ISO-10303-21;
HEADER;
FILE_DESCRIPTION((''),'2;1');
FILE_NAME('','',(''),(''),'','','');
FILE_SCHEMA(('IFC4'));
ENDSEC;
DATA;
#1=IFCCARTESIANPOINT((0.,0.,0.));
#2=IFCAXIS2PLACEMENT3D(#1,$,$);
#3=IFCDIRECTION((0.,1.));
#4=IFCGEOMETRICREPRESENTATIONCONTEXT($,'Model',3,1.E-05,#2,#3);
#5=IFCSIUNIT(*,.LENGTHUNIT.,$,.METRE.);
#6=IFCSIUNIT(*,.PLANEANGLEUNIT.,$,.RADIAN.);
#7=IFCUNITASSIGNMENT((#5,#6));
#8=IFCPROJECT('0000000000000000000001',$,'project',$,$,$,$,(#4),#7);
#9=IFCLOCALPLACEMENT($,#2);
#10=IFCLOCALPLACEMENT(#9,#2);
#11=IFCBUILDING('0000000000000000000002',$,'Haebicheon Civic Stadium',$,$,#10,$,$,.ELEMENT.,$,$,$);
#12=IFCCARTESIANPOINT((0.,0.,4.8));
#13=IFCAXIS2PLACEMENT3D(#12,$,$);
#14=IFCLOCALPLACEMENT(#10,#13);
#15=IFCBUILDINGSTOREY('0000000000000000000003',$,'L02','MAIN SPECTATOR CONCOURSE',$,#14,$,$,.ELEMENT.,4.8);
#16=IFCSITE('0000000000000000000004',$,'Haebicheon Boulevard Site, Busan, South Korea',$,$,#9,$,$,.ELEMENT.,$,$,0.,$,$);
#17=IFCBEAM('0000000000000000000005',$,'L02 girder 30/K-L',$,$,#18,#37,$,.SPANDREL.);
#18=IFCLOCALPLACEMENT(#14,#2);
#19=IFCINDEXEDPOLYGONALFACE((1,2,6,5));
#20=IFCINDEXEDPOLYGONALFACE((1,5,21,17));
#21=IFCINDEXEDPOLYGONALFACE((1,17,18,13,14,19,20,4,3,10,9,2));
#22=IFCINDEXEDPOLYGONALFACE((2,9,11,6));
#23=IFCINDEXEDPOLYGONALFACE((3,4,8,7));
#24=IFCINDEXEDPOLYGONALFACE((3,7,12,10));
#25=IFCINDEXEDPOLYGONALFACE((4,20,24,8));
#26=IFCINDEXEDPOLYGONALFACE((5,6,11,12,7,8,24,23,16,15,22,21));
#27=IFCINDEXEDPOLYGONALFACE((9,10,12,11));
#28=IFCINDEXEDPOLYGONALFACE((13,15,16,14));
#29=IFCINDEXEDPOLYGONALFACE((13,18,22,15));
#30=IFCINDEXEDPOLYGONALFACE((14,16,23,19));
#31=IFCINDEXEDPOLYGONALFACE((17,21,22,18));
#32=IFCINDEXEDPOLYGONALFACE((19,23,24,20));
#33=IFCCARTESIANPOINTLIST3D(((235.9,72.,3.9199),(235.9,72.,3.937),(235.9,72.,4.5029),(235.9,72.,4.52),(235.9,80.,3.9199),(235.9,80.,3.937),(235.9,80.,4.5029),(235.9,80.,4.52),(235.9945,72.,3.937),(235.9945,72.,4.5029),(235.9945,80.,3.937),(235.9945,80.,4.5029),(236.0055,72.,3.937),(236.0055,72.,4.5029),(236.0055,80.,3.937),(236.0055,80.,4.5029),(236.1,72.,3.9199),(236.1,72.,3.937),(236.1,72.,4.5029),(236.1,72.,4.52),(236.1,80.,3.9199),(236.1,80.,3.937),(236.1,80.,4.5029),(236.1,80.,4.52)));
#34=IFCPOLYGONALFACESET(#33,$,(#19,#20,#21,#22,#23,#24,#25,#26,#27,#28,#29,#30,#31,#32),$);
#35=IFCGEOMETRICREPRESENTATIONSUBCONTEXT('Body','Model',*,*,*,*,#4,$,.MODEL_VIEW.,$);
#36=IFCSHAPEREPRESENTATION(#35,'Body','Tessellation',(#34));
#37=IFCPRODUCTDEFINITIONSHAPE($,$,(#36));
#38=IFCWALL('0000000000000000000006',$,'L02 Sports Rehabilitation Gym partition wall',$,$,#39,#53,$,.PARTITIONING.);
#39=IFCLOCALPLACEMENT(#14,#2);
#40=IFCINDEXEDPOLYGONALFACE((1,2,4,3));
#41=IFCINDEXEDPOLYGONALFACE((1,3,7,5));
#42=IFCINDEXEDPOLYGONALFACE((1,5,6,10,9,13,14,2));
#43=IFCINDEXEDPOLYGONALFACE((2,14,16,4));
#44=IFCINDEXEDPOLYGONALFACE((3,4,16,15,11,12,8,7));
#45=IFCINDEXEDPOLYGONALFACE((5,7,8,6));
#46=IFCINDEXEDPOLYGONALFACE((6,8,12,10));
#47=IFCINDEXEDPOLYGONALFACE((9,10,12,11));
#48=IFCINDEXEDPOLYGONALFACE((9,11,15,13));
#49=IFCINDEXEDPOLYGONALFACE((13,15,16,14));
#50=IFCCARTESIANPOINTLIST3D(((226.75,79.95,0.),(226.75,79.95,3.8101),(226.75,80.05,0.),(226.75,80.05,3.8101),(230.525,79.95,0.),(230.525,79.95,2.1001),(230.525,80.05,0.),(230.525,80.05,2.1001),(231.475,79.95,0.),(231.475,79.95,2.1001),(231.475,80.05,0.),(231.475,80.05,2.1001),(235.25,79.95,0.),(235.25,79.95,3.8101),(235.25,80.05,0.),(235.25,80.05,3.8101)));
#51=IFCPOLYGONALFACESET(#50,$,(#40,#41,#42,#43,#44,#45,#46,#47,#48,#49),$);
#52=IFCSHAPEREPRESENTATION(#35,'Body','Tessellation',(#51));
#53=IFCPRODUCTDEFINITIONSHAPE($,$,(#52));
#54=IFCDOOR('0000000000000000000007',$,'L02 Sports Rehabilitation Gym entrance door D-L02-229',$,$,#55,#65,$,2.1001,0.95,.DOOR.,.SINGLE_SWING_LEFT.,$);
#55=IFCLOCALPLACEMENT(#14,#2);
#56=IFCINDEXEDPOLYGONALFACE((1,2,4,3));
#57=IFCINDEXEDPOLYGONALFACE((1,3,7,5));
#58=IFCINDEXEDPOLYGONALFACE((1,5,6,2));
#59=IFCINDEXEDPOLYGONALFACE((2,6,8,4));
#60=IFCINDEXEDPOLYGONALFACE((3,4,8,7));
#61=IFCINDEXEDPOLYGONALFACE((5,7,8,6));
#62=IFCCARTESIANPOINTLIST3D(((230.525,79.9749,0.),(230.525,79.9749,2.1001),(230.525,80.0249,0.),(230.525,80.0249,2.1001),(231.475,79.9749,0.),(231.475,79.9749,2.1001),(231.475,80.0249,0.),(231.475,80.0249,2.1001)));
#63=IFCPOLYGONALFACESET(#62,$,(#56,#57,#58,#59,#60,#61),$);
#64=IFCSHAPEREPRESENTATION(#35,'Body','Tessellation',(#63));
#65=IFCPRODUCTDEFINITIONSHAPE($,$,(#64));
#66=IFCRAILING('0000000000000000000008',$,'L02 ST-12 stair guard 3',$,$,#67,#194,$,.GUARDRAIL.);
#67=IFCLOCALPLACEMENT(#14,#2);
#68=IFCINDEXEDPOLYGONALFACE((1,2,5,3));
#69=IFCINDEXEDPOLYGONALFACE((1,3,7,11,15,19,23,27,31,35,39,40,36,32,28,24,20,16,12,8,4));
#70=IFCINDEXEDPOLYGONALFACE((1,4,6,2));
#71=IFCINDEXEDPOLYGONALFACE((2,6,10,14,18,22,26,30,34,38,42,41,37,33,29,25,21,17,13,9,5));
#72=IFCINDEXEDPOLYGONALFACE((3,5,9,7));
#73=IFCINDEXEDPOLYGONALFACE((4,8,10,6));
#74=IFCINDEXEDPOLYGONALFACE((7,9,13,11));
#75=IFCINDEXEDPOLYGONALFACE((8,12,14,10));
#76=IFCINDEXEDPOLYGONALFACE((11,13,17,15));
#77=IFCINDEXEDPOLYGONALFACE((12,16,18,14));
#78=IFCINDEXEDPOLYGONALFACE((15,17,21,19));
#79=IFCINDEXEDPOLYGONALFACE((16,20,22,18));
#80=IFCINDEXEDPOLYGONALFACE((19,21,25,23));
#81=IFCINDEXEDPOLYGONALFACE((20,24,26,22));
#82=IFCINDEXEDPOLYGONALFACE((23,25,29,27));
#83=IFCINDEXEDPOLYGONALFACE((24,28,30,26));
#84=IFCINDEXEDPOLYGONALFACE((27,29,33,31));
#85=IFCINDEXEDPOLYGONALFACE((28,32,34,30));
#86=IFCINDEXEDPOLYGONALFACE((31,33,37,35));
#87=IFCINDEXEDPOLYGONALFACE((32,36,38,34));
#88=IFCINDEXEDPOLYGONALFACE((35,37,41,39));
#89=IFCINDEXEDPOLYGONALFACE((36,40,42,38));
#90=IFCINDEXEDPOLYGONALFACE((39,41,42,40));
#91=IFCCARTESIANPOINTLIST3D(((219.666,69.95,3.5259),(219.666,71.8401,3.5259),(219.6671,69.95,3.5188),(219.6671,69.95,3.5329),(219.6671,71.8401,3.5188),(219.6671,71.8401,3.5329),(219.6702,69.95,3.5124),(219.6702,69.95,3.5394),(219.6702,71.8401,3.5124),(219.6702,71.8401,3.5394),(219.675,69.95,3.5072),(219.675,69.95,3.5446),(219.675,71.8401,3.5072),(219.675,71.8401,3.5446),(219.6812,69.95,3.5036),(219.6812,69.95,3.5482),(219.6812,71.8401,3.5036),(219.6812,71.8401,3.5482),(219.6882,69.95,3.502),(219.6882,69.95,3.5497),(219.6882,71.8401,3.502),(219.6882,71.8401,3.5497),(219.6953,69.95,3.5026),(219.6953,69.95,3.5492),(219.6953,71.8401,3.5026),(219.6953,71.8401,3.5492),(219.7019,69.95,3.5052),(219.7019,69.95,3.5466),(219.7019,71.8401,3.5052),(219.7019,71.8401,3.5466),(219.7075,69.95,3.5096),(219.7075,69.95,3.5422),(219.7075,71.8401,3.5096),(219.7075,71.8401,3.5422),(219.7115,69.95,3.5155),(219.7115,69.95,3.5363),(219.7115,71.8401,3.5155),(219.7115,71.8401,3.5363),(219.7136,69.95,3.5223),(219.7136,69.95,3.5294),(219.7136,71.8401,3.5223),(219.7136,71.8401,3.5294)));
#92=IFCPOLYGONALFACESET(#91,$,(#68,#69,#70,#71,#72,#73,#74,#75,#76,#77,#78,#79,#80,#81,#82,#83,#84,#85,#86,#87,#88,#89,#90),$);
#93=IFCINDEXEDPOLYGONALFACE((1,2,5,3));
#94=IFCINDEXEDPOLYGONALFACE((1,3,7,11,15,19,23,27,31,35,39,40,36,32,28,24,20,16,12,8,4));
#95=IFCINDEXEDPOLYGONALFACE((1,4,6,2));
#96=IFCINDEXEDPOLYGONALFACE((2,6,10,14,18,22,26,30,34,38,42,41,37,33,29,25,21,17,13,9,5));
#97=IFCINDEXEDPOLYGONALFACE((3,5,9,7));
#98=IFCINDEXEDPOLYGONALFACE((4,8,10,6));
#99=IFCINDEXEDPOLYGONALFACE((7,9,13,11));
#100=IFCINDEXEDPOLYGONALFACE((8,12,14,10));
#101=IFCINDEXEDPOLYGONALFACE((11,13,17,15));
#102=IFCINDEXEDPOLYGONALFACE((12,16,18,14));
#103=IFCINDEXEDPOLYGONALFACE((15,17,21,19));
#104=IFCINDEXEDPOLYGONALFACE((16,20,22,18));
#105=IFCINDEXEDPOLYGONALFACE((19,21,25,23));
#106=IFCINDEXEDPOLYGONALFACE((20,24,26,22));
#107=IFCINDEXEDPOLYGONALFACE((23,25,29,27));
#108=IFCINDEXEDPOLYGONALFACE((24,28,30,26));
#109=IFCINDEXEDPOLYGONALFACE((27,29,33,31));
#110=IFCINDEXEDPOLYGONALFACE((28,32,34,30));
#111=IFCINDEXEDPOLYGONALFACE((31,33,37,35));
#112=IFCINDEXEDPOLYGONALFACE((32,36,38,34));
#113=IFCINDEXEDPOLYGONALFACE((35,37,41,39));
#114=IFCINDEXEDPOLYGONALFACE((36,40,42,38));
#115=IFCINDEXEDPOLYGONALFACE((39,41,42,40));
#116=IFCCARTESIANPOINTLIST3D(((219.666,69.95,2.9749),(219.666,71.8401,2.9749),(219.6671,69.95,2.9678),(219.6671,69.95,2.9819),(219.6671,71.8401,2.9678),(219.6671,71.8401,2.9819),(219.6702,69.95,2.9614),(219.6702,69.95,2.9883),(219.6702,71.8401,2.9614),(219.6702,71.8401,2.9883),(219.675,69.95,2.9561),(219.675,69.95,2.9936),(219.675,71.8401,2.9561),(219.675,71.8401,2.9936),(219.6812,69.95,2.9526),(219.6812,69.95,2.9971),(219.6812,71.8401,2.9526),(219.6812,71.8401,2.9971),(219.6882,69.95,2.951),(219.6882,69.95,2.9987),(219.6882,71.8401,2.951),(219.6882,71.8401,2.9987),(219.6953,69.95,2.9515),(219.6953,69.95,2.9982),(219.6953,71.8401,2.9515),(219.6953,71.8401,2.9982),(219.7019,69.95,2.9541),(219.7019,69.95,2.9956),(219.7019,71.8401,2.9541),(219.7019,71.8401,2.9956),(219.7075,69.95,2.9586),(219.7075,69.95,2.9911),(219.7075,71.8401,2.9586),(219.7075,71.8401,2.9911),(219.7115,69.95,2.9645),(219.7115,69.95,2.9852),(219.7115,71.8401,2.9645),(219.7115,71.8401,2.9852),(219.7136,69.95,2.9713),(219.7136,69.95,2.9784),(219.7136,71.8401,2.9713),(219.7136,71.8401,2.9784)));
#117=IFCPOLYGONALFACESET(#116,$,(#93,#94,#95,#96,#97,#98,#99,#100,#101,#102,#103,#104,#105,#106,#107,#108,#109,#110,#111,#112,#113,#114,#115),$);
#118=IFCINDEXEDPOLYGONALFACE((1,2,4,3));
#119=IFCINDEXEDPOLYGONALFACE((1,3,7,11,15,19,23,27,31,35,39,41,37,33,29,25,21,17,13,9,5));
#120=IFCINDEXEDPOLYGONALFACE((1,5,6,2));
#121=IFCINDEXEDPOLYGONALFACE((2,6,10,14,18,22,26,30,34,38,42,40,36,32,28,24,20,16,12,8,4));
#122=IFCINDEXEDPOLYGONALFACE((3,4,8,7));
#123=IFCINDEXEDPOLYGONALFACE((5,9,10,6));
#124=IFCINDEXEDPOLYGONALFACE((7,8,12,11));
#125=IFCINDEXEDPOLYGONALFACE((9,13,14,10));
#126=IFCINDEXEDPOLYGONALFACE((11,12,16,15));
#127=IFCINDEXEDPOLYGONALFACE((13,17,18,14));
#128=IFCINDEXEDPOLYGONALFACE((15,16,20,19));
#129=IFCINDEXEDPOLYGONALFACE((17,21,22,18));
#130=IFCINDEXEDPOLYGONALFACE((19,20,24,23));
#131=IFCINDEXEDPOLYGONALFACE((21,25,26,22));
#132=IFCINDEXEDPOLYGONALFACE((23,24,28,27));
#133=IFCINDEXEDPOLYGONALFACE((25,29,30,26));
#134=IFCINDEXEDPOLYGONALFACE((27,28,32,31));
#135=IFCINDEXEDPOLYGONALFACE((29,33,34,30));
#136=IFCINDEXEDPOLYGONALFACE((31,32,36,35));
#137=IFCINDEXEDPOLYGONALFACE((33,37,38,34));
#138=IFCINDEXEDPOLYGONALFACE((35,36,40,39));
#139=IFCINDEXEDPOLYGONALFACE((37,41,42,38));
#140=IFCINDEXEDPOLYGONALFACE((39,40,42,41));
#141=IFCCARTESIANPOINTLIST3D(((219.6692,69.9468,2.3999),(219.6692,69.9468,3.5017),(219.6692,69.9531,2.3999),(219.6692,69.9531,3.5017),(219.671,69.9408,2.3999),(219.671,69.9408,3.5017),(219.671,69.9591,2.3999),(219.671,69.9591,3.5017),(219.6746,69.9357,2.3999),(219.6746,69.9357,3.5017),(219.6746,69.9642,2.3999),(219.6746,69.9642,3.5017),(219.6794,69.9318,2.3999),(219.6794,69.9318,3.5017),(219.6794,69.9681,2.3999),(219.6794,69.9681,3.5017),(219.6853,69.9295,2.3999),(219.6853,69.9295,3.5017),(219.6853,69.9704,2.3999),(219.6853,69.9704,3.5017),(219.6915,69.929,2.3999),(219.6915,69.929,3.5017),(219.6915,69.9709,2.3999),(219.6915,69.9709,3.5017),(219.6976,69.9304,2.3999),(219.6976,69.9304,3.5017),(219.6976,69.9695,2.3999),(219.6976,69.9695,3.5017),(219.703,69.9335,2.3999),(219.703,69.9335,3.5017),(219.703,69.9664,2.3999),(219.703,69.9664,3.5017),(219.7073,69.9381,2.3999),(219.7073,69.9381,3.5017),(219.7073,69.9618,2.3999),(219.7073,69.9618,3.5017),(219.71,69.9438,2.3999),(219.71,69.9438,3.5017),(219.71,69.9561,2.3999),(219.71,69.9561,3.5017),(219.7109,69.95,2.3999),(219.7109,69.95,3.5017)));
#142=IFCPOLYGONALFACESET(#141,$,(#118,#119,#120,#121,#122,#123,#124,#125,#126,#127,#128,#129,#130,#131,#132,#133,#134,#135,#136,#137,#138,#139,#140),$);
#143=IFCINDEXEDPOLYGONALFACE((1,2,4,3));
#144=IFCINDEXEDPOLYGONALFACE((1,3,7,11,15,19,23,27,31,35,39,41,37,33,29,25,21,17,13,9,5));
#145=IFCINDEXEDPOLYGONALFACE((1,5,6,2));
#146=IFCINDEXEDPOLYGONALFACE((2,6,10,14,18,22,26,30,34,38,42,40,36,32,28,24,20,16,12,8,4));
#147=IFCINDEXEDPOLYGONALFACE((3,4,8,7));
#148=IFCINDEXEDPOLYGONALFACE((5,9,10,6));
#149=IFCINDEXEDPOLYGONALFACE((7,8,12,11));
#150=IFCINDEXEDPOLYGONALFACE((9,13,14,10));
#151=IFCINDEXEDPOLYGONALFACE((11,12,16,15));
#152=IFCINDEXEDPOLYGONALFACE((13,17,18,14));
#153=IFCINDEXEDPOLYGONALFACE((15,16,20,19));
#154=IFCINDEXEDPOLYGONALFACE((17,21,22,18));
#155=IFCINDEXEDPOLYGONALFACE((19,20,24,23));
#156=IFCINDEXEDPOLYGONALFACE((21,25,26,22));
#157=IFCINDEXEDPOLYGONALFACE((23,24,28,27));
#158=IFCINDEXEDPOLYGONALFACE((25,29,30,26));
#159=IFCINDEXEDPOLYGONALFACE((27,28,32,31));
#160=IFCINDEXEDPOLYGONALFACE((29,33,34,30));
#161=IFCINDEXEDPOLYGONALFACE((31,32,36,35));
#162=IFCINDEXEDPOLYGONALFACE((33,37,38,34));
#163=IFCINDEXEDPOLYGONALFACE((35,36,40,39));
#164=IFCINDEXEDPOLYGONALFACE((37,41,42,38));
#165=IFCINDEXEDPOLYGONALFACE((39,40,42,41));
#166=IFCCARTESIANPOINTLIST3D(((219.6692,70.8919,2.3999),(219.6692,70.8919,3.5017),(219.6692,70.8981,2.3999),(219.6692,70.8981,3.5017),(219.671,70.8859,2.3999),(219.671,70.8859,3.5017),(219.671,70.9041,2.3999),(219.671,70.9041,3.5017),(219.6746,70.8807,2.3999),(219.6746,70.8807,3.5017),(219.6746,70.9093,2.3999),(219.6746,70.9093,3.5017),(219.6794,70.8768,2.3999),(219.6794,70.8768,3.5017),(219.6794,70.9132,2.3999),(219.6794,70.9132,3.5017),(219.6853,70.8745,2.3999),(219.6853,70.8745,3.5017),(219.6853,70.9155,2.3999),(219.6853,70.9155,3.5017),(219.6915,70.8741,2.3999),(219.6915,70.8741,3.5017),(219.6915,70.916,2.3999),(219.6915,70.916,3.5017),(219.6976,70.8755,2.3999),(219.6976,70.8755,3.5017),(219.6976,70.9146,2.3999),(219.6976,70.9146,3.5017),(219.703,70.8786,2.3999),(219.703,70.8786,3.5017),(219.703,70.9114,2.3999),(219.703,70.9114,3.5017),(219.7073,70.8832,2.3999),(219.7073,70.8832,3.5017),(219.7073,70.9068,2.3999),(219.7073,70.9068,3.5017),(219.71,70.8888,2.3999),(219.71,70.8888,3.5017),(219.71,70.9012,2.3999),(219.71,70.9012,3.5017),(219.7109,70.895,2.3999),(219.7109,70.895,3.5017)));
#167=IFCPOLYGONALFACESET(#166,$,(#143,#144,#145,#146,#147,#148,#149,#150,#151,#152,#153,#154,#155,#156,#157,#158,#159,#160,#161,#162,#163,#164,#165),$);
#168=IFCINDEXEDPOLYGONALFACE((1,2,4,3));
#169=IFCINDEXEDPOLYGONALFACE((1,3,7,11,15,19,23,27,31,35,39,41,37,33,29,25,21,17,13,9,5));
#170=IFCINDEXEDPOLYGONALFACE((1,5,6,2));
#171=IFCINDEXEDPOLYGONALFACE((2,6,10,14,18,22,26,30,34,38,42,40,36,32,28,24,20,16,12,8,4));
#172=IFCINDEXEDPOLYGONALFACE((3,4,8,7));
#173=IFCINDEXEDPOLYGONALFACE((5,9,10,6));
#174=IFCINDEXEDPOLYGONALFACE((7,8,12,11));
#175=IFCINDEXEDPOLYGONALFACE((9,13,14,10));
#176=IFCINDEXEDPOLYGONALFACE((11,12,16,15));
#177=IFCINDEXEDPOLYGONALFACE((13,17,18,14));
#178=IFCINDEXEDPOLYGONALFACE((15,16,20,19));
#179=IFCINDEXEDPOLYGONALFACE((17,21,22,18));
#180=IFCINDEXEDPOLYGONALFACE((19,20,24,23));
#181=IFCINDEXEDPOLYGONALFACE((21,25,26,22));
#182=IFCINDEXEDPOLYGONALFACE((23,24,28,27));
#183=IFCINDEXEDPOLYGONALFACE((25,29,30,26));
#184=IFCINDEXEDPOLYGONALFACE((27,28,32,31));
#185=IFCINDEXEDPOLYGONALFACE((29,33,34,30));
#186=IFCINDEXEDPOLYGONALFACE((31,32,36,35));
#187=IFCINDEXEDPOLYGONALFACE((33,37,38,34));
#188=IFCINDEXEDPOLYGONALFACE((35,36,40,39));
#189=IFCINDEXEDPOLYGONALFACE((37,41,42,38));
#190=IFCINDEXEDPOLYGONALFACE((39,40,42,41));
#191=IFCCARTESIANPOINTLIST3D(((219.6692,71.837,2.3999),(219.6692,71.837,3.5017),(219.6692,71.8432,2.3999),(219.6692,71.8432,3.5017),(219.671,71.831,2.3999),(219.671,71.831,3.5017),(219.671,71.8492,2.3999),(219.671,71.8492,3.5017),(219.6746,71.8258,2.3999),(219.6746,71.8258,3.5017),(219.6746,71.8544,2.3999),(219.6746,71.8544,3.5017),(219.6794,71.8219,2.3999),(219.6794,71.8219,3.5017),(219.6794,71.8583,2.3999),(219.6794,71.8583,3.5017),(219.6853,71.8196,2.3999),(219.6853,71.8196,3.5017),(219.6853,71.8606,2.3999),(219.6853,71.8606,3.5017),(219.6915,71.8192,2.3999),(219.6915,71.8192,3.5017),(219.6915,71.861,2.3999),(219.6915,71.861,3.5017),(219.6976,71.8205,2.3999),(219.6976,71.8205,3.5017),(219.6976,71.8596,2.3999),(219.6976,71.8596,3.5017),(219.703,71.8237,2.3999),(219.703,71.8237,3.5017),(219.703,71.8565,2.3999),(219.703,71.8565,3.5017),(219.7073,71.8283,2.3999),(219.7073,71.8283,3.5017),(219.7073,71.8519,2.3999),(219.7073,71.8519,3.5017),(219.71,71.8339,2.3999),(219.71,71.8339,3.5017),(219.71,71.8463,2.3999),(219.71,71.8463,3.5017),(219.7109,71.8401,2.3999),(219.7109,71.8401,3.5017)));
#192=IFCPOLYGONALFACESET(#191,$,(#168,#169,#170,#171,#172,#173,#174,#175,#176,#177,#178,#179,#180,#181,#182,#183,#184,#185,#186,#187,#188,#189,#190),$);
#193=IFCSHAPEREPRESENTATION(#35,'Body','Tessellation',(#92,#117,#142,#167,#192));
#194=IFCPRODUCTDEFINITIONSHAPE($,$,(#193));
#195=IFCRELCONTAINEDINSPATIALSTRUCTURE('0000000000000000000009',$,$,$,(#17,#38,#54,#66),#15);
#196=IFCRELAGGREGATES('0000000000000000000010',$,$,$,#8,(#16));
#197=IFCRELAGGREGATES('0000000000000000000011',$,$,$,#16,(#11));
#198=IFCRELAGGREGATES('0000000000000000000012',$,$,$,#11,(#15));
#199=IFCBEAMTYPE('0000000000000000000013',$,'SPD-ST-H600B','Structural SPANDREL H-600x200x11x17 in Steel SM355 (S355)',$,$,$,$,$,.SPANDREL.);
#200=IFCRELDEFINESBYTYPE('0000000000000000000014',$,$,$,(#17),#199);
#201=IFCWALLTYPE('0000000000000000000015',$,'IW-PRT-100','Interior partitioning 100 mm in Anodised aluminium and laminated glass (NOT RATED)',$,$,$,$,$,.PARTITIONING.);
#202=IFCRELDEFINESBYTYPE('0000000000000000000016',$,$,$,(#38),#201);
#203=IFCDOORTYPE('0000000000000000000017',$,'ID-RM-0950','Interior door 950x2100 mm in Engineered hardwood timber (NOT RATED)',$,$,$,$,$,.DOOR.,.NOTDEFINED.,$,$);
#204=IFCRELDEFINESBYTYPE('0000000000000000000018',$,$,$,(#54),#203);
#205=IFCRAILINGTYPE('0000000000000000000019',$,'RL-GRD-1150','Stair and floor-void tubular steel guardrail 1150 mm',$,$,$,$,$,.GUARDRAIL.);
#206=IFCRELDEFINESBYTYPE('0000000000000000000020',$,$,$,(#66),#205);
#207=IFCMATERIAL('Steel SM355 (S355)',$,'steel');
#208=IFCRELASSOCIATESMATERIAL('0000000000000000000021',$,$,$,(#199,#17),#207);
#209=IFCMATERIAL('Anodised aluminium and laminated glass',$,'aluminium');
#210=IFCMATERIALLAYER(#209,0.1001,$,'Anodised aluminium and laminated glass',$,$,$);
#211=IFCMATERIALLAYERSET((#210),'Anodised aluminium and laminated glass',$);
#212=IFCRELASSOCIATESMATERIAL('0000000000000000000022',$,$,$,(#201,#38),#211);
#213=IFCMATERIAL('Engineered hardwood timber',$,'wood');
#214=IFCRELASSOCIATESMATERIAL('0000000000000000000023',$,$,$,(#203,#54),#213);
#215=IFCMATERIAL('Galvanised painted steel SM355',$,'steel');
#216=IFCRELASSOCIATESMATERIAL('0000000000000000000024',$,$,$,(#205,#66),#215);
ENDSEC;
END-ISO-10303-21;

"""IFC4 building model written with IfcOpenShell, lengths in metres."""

from ifc_helpers import new_model, si_unit, direction, frame, frame_2d, origin, origin_2d, place, context, subcontext, project, spatial, rectangle, circle, i_section, extrude, material, layer, layer_set, material_profile, profile_set, type_object, element, fill, save


model = new_model("IFC4")

# Units and contexts
model_context = context("Model", 3, precision=1e-05, world=origin(), true_north=direction((0.0, 1.0)))
body_context = subcontext(model_context, "Body", "Model", "MODEL_VIEW")
ifc_project = project(units=[si_unit("LENGTHUNIT", "METRE"), si_unit("PLANEANGLEUNIT", "RADIAN")], contexts=[model_context])

# Site, building, storey
site_placement = place(None, origin())
site = spatial("IfcSite", under=ifc_project, at=site_placement, Name="Haebicheon Boulevard Site, Busan, South Korea", CompositionType="ELEMENT", RefElevation=0.0)
building_placement = place(site_placement, origin())
building = spatial("IfcBuilding", under=site, at=building_placement, Name="Haebicheon Civic Stadium", CompositionType="ELEMENT")
storey_placement = place(building_placement, frame((0.0, 0.0, 4.8)))
storey = spatial("IfcBuildingStorey", under=building, at=storey_placement, Name="L02", Description="MAIN SPECTATOR CONCOURSE", CompositionType="ELEMENT", Elevation=4.8)

# Beam
ifc_material_1 = material(Name="Steel SM355 (S355)", Category="steel")
ifc_material_profile_1 = material_profile(ifc_material_1, i_section(OverallWidth=0.2, OverallDepth=0.6001, WebThickness=0.011, FlangeThickness=0.0171, at=origin_2d()), Name="H-600x200x11x17")
ifc_profile_set_1 = profile_set([ifc_material_profile_1], Name="Steel SM355 (S355)")
beam_type_1 = type_object("IfcBeamType", Name="SPD-ST-H600B", Description="Structural SPANDREL H-600x200x11x17 in Steel SM355 (S355)", PredefinedType="SPANDREL", material=ifc_profile_set_1)
beam_1_placement = place(storey_placement, frame((236.0, 72.0, 4.22), z_axis=(0.0, 1.0, 0.0), x_axis=(-1.0, 0.0, 0.0)))
element("IfcBeam", 1, at=beam_1_placement, inside=storey, type_object=beam_type_1, material=ifc_profile_set_1, Name="L02 girder 30/K-L", PredefinedType="SPANDREL", context=body_context, shape_type="SweptSolid", body=[
    extrude(i_section(OverallWidth=0.2, OverallDepth=0.6001, WebThickness=0.011, FlangeThickness=0.0171, at=origin_2d()), origin(), (0.0, 0.0, 1.0), 8.0),
])

# Wall, opening, door
ifc_material_2 = material(Name="Anodised aluminium and laminated glass", Category="aluminium")
ifc_layer_1 = layer(ifc_material_2, 0.1001, Name="Anodised aluminium and laminated glass")
ifc_layer_set_1 = layer_set([ifc_layer_1], Name="Anodised aluminium and laminated glass")
wall_type_1 = type_object("IfcWallType", Name="IW-PRT-100", Description="Interior partitioning 100 mm in Anodised aluminium and laminated glass (NOT RATED)", PredefinedType="PARTITIONING", material=ifc_layer_set_1)
wall_1_placement = place(storey_placement, frame((226.75, 80.0, 0.0), z_axis=(0.0, 0.0, 1.0), x_axis=(1.0, 0.0, 0.0)))
wall_1 = element("IfcWall", 2, at=wall_1_placement, inside=storey, type_object=wall_type_1, material=ifc_layer_set_1, Name="L02 Sports Rehabilitation Gym partition wall", PredefinedType="PARTITIONING", context=body_context, shape_type="SweptSolid", body=[
    extrude(rectangle(XDim=8.5, YDim=0.1001, at=frame_2d((4.25, 0.0))), origin(), (0.0, 0.0, 1.0), 3.8101),
])
opening_1_placement = place(wall_1_placement, frame((3.7749, 0.0, 0.0)))
opening_1 = element("IfcOpeningElement", 3, at=opening_1_placement, cuts=wall_1, PredefinedType="OPENING", context=body_context, shape_type="SweptSolid", body=[
    extrude(rectangle(XDim=0.95, YDim=2.1001, at=frame_2d((0.4751, 1.05))), frame((0.0, 0.0601, 0.0), z_axis=(0.0, -1.0, 0.0), x_axis=(1.0, 0.0, 0.0)), (0.0, 0.0, 1.0), 0.1201),
])
ifc_material_3 = material(Name="Engineered hardwood timber", Category="wood")
door_type_1 = type_object("IfcDoorType", Name="ID-RM-0950", Description="Interior door 950x2100 mm in Engineered hardwood timber (NOT RATED)", OperationType="NOTDEFINED", PredefinedType="DOOR", material=ifc_material_3)
door_1_placement = place(opening_1_placement, origin())
door_1 = element("IfcDoor", 4, at=door_1_placement, inside=storey, type_object=door_type_1, material=ifc_material_3, Name="L02 Sports Rehabilitation Gym entrance door D-L02-229", OperationType="SINGLE_SWING_LEFT", OverallHeight=2.1001, OverallWidth=0.95, PredefinedType="DOOR", context=body_context, shape_type="SweptSolid", body=[
    extrude(rectangle(XDim=0.95, YDim=2.1001, at=frame_2d((0.4751, 1.05))), frame((0.0, 0.0249, 0.0), z_axis=(0.0, -1.0, 0.0), x_axis=(1.0, 0.0, 0.0)), (0.0, 0.0, 1.0), 0.05),
])
fill(opening_1, door_1)

# Railing
ifc_material_4 = material(Name="Galvanised painted steel SM355", Category="steel")
railing_type = type_object("IfcRailingType", Name="RL-GRD-1150", Description="Stair and floor-void tubular steel guardrail 1150 mm", PredefinedType="GUARDRAIL", material=ifc_material_4)
railing_1_placement = place(storey_placement, frame((219.6899, 69.95, 2.3999)))
element("IfcRailing", 5, at=railing_1_placement, inside=storey, type_object=railing_type, material=ifc_material_4, Name="L02 ST-12 stair guard 3", PredefinedType="GUARDRAIL", context=body_context, shape_type="SweptSolid", body=[
    extrude(circle(Radius=0.0239, at=origin_2d()), frame((0.0, 0.0, 1.126), z_axis=(0.0, 1.0, 0.0), x_axis=(-1.0, 0.0, 0.0)), (0.0, 0.0, 1.0), 1.8901),
    extrude(circle(Radius=0.0239, at=origin_2d()), frame((0.0, 0.0, 0.575), z_axis=(0.0, 1.0, 0.0), x_axis=(-1.0, 0.0, 0.0)), (0.0, 0.0, 1.0), 1.8901),
    extrude(circle(Radius=0.021, at=origin_2d()), origin(), (0.0, 0.0, 1.0), 1.1018),
    extrude(circle(Radius=0.021, at=origin_2d()), frame((0.0, 0.9451, 0.0)), (0.0, 0.0, 1.0), 1.1018),
    extrude(circle(Radius=0.021, at=origin_2d()), frame((0.0, 1.8901, 0.0)), (0.0, 0.0, 1.0), 1.1018),
])

save(model, "model.ifc")
